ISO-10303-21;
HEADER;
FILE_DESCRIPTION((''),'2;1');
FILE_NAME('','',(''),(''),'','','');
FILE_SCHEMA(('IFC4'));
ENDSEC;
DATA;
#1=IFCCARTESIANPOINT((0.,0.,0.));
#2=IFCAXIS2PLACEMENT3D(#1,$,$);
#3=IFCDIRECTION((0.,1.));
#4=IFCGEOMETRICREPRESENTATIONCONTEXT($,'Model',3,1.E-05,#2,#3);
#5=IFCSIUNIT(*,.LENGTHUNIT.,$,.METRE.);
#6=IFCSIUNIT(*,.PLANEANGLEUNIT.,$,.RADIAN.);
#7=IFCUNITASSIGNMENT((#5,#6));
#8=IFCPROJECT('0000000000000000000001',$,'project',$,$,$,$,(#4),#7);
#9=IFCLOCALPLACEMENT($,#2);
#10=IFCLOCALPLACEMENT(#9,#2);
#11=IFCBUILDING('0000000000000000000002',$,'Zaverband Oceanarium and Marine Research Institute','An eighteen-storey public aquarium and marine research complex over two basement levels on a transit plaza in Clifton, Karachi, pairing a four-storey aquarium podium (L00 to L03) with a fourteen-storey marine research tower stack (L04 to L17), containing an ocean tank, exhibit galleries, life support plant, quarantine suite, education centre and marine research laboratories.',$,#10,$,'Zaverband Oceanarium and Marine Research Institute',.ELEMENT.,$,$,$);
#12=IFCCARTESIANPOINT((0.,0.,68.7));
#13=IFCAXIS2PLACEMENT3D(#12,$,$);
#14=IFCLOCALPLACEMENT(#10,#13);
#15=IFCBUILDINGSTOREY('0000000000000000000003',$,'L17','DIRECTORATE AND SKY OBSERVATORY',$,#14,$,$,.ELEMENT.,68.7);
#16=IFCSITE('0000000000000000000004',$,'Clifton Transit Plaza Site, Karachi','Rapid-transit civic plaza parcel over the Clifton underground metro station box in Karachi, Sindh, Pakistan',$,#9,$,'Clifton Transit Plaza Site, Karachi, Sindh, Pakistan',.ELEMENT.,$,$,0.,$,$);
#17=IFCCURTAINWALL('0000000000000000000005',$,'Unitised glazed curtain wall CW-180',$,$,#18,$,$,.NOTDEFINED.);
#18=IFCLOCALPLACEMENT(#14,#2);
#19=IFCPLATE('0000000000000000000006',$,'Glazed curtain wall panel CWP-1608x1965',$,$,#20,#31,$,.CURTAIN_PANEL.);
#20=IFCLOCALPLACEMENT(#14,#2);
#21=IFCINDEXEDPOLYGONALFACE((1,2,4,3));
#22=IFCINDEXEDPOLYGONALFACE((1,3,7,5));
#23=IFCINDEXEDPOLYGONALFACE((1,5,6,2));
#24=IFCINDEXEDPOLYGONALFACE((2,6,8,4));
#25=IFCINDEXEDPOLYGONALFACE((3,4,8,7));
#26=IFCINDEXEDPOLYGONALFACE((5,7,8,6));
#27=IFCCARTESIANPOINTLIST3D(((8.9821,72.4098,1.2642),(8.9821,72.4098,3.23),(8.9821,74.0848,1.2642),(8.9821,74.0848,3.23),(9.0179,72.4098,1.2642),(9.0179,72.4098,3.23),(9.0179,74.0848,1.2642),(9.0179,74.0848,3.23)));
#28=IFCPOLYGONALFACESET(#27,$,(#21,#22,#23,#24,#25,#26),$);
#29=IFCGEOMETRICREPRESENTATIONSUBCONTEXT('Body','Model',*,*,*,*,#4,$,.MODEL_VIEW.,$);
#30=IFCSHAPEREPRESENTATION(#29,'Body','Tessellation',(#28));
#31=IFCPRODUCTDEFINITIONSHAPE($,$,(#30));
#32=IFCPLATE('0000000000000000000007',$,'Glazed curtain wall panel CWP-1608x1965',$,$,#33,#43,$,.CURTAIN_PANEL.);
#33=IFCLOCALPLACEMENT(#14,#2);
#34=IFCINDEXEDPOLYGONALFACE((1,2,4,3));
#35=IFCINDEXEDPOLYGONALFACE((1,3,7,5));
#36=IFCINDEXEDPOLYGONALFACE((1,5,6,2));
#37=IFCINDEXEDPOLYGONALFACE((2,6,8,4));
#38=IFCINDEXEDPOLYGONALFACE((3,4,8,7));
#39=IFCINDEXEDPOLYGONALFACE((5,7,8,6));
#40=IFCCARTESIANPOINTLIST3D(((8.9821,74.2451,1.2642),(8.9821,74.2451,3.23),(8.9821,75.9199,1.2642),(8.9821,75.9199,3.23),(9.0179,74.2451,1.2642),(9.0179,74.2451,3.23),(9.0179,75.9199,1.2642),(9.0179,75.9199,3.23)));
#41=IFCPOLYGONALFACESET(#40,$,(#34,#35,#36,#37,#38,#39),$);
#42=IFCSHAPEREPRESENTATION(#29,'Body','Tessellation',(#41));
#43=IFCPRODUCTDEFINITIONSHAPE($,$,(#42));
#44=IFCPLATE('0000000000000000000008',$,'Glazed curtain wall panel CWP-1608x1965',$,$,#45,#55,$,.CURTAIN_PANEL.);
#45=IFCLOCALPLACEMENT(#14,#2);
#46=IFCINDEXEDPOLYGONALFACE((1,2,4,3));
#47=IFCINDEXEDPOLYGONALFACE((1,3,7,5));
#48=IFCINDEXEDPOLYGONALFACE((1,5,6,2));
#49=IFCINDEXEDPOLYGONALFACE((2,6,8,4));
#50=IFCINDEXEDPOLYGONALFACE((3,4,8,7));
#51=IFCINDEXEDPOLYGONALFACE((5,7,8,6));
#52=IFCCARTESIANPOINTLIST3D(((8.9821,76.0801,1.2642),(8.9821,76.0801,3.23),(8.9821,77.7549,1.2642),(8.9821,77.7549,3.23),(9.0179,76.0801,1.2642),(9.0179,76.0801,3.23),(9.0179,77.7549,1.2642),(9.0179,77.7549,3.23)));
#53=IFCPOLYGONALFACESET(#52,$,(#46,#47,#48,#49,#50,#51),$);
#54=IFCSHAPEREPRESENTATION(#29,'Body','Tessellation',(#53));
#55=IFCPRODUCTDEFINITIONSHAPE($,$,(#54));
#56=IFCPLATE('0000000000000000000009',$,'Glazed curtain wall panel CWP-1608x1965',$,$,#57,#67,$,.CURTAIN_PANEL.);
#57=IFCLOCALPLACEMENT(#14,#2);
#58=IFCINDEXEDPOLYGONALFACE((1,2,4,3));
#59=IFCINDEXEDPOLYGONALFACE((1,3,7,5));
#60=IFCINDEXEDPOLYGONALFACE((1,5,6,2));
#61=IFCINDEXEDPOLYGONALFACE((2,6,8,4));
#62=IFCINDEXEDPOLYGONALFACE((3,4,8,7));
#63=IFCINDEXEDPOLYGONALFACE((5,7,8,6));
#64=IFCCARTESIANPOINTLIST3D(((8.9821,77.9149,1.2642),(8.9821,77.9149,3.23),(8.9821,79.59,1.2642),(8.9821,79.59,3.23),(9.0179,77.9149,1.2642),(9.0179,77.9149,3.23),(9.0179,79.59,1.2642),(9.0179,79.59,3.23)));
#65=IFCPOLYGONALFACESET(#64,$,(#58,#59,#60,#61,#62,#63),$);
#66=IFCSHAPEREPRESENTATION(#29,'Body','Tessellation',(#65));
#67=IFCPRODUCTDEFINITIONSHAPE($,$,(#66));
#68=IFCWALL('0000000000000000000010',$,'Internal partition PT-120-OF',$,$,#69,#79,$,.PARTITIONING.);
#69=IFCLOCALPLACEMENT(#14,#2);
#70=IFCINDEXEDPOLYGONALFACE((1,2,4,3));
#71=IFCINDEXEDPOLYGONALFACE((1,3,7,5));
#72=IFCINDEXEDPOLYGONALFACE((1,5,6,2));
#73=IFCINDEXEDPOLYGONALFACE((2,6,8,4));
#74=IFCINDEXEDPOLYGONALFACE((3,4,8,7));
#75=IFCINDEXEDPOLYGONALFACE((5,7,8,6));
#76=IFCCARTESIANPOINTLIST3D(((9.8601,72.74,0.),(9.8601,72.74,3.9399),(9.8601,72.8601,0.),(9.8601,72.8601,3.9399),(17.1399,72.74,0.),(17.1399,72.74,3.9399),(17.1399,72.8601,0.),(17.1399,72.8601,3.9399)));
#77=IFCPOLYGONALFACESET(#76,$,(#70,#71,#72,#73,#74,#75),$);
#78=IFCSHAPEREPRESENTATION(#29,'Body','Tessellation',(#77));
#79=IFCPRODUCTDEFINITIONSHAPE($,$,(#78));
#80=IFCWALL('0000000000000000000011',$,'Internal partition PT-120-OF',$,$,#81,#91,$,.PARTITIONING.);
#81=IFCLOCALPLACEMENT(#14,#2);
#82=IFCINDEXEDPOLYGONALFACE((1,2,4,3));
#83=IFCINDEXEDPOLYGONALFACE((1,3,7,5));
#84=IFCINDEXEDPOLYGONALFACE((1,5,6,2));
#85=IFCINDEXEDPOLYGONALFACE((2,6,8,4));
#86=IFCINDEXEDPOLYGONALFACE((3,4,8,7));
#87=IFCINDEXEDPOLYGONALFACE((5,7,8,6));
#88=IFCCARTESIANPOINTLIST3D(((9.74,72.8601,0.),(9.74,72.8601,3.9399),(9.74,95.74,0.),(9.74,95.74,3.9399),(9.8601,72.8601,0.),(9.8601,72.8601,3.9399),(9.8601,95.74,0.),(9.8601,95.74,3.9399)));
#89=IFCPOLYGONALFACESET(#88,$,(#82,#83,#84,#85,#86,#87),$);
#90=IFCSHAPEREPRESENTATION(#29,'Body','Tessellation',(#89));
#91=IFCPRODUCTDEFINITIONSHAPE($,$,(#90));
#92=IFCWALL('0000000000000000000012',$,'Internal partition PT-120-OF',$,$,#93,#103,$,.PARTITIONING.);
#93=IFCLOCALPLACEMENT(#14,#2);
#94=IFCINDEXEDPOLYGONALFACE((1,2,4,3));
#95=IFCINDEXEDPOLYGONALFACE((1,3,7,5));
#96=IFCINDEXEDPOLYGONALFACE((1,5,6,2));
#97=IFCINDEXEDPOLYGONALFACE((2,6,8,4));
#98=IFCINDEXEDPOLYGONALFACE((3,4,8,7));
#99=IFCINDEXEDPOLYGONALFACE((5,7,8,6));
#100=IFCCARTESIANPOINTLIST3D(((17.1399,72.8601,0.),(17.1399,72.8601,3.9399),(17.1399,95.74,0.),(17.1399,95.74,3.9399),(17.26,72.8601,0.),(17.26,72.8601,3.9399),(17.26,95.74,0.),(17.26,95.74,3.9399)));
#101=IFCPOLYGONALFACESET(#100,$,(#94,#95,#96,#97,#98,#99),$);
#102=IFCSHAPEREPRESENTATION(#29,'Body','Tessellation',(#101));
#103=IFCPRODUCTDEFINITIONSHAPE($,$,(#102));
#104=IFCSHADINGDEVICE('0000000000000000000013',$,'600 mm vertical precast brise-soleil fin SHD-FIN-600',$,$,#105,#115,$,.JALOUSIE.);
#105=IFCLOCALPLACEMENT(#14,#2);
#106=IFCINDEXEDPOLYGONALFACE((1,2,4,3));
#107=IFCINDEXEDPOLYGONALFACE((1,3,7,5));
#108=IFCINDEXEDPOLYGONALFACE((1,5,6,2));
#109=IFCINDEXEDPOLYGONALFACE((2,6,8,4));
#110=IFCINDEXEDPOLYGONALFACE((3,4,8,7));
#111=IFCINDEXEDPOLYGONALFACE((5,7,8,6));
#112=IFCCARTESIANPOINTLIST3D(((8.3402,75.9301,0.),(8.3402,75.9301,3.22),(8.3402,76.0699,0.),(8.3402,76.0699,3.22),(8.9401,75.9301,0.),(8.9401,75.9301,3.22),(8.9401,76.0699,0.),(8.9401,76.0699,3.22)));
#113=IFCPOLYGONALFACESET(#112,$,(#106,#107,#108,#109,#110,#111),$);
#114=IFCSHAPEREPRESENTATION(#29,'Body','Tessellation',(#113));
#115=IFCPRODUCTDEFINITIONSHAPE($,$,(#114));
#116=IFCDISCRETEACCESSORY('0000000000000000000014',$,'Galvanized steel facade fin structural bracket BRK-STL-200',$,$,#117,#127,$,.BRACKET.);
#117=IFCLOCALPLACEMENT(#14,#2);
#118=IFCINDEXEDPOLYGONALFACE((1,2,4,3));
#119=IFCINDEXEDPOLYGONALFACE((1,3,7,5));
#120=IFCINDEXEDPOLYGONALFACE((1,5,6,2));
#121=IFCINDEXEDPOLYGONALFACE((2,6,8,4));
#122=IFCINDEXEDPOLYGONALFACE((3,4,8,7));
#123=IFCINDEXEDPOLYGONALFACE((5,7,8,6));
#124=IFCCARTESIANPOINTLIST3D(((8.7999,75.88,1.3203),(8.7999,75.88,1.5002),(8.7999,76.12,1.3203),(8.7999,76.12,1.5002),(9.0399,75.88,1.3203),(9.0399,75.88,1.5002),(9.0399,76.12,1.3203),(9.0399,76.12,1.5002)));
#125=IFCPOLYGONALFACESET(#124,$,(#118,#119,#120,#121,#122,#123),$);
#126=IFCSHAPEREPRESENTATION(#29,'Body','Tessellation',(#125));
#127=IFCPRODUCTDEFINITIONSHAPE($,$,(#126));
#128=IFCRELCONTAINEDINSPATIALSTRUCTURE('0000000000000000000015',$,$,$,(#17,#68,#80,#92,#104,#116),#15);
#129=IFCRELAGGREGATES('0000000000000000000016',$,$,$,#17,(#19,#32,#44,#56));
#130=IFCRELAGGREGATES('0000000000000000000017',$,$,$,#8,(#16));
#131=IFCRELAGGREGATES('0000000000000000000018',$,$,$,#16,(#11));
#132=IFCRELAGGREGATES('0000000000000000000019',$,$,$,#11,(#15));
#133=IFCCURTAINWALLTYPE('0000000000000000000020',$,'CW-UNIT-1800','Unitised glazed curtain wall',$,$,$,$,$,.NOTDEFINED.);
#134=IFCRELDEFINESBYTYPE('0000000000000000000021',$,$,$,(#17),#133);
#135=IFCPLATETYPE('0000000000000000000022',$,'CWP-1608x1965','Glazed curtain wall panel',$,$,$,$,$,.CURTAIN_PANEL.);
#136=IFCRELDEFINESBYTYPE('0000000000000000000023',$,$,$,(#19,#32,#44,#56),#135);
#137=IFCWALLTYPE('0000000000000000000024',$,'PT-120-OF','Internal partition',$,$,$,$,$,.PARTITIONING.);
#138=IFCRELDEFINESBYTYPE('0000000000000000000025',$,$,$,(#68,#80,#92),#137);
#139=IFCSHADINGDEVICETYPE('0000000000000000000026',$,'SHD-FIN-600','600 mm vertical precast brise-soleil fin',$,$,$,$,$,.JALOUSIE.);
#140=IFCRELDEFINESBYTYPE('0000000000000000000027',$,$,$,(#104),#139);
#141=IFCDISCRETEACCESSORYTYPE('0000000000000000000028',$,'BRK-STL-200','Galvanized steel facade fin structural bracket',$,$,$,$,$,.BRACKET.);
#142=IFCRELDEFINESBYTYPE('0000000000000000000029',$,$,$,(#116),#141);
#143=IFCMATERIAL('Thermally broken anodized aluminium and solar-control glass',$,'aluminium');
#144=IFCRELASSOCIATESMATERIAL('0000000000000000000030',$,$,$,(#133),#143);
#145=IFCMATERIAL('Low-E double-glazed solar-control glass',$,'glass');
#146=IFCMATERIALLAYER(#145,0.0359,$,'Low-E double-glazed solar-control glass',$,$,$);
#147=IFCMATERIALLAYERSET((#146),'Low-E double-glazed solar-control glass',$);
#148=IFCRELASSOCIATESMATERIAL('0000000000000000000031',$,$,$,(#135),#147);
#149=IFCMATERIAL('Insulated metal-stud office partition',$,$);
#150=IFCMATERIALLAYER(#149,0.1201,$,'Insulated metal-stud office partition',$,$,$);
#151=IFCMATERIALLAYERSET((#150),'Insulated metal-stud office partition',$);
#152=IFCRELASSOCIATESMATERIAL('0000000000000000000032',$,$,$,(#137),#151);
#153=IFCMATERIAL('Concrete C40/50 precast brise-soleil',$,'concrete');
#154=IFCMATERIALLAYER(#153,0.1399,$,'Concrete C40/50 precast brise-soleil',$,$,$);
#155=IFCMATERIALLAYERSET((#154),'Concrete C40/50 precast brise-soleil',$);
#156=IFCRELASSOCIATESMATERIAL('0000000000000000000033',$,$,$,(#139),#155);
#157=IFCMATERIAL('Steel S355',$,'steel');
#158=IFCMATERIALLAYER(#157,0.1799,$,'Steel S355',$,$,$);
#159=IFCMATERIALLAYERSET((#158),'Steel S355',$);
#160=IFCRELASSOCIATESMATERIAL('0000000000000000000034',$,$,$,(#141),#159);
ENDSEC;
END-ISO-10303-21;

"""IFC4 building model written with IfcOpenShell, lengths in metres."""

from ifc_helpers import new_model, si_unit, direction, frame, frame_2d, origin, origin_2d, place, context, subcontext, project, spatial, rectangle, extrude, material, layer, layer_set, type_object, element, aggregate, save


model = new_model("IFC4")

# Units and contexts
model_context = context("Model", 3, precision=1e-05, world=origin(), true_north=direction((0.0, 1.0)))
body_context = subcontext(model_context, "Body", "Model", "MODEL_VIEW")
ifc_project = project(units=[si_unit("LENGTHUNIT", "METRE"), si_unit("PLANEANGLEUNIT", "RADIAN")], contexts=[model_context])

# Site, building, storey
site_placement = place(None, origin())
site = spatial("IfcSite", under=ifc_project, at=site_placement, Name="Clifton Transit Plaza Site, Karachi", Description="Rapid-transit civic plaza parcel over the Clifton underground metro station box in Karachi, Sindh, Pakistan", LongName="Clifton Transit Plaza Site, Karachi, Sindh, Pakistan", CompositionType="ELEMENT", RefElevation=0.0)
building_placement = place(site_placement, origin())
building = spatial("IfcBuilding", under=site, at=building_placement, Name="Zaverband Oceanarium and Marine Research Institute", Description="An eighteen-storey public aquarium and marine research complex over two basement levels on a transit plaza in Clifton, Karachi, pairing a four-storey aquarium podium (L00 to L03) with a fourteen-storey marine research tower stack (L04 to L17), containing an ocean tank, exhibit galleries, life support plant, quarantine suite, education centre and marine research laboratories.", LongName="Zaverband Oceanarium and Marine Research Institute", CompositionType="ELEMENT")
storey_placement = place(building_placement, frame((0.0, 0.0, 68.7)))
storey = spatial("IfcBuildingStorey", under=building, at=storey_placement, Name="L17", Description="DIRECTORATE AND SKY OBSERVATORY", CompositionType="ELEMENT", Elevation=68.7)

# Curtain wall, plates
ifc_material_1 = material(Name="Thermally broken anodized aluminium and solar-control glass", Category="aluminium")
curtain_wall_type = type_object("IfcCurtainWallType", Name="CW-UNIT-1800", Description="Unitised glazed curtain wall", PredefinedType="NOTDEFINED", material=ifc_material_1)
curtain_wall_placement = place(storey_placement, origin())
curtain_wall = element("IfcCurtainWall", 1, at=curtain_wall_placement, inside=storey, type_object=curtain_wall_type, Name="Unitised glazed curtain wall CW-180", PredefinedType="NOTDEFINED")
ifc_material_2 = material(Name="Low-E double-glazed solar-control glass", Category="glass")
ifc_layer_1 = layer(ifc_material_2, 0.0359, Name="Low-E double-glazed solar-control glass")
ifc_layer_set_1 = layer_set([ifc_layer_1], Name="Low-E double-glazed solar-control glass")
plate_type_1 = type_object("IfcPlateType", Name="CWP-1608x1965", Description="Glazed curtain wall panel", PredefinedType="CURTAIN_PANEL", material=ifc_layer_set_1)
plate_1_placement = place(storey_placement, frame((9.0, 72.4099, 1.2642), z_axis=(0.0, 0.0, 1.0), x_axis=(0.0, 1.0, 0.0)))
plate_1 = element("IfcPlate", 2, at=plate_1_placement, type_object=plate_type_1, Name="Glazed curtain wall panel CWP-1608x1965", PredefinedType="CURTAIN_PANEL", context=body_context, shape_type="SweptSolid", body=[
    extrude(rectangle(XDim=1.675, YDim=0.0359, at=frame_2d((0.8374, 0.0))), origin(), (0.0, 0.0, 1.0), 1.9658),
])
plate_2_placement = place(storey_placement, frame((9.0, 74.2451, 1.2642), z_axis=(0.0, 0.0, 1.0), x_axis=(0.0, 1.0, 0.0)))
plate_2 = element("IfcPlate", 3, at=plate_2_placement, type_object=plate_type_1, Name="Glazed curtain wall panel CWP-1608x1965", PredefinedType="CURTAIN_PANEL", context=body_context, shape_type="SweptSolid", body=[
    extrude(rectangle(XDim=1.6748, YDim=0.0359, at=frame_2d((0.8374, 0.0))), origin(), (0.0, 0.0, 1.0), 1.9658),
])
plate_3_placement = place(storey_placement, frame((9.0, 76.0801, 1.2642), z_axis=(0.0, 0.0, 1.0), x_axis=(0.0, 1.0, 0.0)))
plate_3 = element("IfcPlate", 4, at=plate_3_placement, type_object=plate_type_1, Name="Glazed curtain wall panel CWP-1608x1965", PredefinedType="CURTAIN_PANEL", context=body_context, shape_type="SweptSolid", body=[
    extrude(rectangle(XDim=1.6748, YDim=0.0359, at=frame_2d((0.8374, 0.0))), origin(), (0.0, 0.0, 1.0), 1.9658),
])
plate_4_placement = place(storey_placement, frame((9.0, 77.915, 1.2642), z_axis=(0.0, 0.0, 1.0), x_axis=(0.0, 1.0, 0.0)))
plate_4 = element("IfcPlate", 5, at=plate_4_placement, type_object=plate_type_1, Name="Glazed curtain wall panel CWP-1608x1965", PredefinedType="CURTAIN_PANEL", context=body_context, shape_type="SweptSolid", body=[
    extrude(rectangle(XDim=1.675, YDim=0.0359, at=frame_2d((0.8374, 0.0))), origin(), (0.0, 0.0, 1.0), 1.9658),
])
aggregate(curtain_wall, [plate_1, plate_2, plate_3, plate_4])

# Walls
ifc_material_3 = material(Name="Insulated metal-stud office partition")
ifc_layer_2 = layer(ifc_material_3, 0.1201, Name="Insulated metal-stud office partition")
ifc_layer_set_2 = layer_set([ifc_layer_2], Name="Insulated metal-stud office partition")
wall_type = type_object("IfcWallType", Name="PT-120-OF", Description="Internal partition", PredefinedType="PARTITIONING", material=ifc_layer_set_2)
wall_placement = place(storey_placement, frame((9.8601, 72.8, 0.0), z_axis=(0.0, 0.0, 1.0), x_axis=(1.0, 0.0, 0.0)))
element("IfcWall", 6, at=wall_placement, inside=storey, type_object=wall_type, Name="Internal partition PT-120-OF", PredefinedType="PARTITIONING", context=body_context, shape_type="SweptSolid", body=[
    extrude(rectangle(XDim=7.2798, YDim=0.1201, at=frame_2d((3.6399, 0.0))), origin(), (0.0, 0.0, 1.0), 3.9399),
])
for number, where, z_axis, x_axis, name in (
    (7, (9.8, 72.8601, 0.0), (0.0, 0.0, 1.0), (0.0, 1.0, 0.0), "Internal partition PT-120-OF"),
    (8, (17.2, 72.8601, 0.0), (0.0, 0.0, 1.0), (0.0, 1.0, 0.0), "Internal partition PT-120-OF"),
):
    element("IfcWall", number, at=place(storey_placement, frame(where, z_axis=z_axis, x_axis=x_axis)), inside=storey, type_object=wall_type, Name=name, PredefinedType="PARTITIONING", context=body_context, shape_type="SweptSolid", body=[
        extrude(rectangle(XDim=22.8799, YDim=0.1201, at=frame_2d((11.4399, 0.0))), origin(), (0.0, 0.0, 1.0), 3.9399),
    ])

# Shading device
ifc_material_4 = material(Name="Concrete C40/50 precast brise-soleil", Category="concrete")
ifc_layer_3 = layer(ifc_material_4, 0.1399, Name="Concrete C40/50 precast brise-soleil")
ifc_layer_set_3 = layer_set([ifc_layer_3], Name="Concrete C40/50 precast brise-soleil")
shading_device_type = type_object("IfcShadingDeviceType", Name="SHD-FIN-600", Description="600 mm vertical precast brise-soleil fin", PredefinedType="JALOUSIE", material=ifc_layer_set_3)
shading_device_placement = place(storey_placement, frame((8.9399, 76.0, 0.0), z_axis=(0.0, 0.0, 1.0), x_axis=(-1.0, 0.0, 0.0)))
element("IfcShadingDevice", 9, at=shading_device_placement, inside=storey, type_object=shading_device_type, Name="600 mm vertical precast brise-soleil fin SHD-FIN-600", PredefinedType="JALOUSIE", context=body_context, shape_type="SweptSolid", body=[
    extrude(rectangle(XDim=0.5999, YDim=0.1399, at=frame_2d((0.2998, 0.0))), origin(), (0.0, 0.0, 1.0), 3.22),
])

# Discrete accessory
ifc_material_5 = material(Name="Steel S355", Category="steel")
ifc_layer_4 = layer(ifc_material_5, 0.1799, Name="Steel S355")
ifc_layer_set_4 = layer_set([ifc_layer_4], Name="Steel S355")
discrete_accessory_type = type_object("IfcDiscreteAccessoryType", Name="BRK-STL-200", Description="Galvanized steel facade fin structural bracket", PredefinedType="BRACKET", material=ifc_layer_set_4)
discrete_accessory_placement = place(storey_placement, frame((8.9199, 76.0, 1.3203), z_axis=(0.0, 0.0, 1.0), x_axis=(1.0, 0.0, 0.0)))
element("IfcDiscreteAccessory", 10, at=discrete_accessory_placement, inside=storey, type_object=discrete_accessory_type, Name="Galvanized steel facade fin structural bracket BRK-STL-200", PredefinedType="BRACKET", context=body_context, shape_type="SweptSolid", body=[
    extrude(rectangle(XDim=0.24, YDim=0.24, at=origin_2d()), origin(), (0.0, 0.0, 1.0), 0.1799),
])

save(model, "model.ifc")
